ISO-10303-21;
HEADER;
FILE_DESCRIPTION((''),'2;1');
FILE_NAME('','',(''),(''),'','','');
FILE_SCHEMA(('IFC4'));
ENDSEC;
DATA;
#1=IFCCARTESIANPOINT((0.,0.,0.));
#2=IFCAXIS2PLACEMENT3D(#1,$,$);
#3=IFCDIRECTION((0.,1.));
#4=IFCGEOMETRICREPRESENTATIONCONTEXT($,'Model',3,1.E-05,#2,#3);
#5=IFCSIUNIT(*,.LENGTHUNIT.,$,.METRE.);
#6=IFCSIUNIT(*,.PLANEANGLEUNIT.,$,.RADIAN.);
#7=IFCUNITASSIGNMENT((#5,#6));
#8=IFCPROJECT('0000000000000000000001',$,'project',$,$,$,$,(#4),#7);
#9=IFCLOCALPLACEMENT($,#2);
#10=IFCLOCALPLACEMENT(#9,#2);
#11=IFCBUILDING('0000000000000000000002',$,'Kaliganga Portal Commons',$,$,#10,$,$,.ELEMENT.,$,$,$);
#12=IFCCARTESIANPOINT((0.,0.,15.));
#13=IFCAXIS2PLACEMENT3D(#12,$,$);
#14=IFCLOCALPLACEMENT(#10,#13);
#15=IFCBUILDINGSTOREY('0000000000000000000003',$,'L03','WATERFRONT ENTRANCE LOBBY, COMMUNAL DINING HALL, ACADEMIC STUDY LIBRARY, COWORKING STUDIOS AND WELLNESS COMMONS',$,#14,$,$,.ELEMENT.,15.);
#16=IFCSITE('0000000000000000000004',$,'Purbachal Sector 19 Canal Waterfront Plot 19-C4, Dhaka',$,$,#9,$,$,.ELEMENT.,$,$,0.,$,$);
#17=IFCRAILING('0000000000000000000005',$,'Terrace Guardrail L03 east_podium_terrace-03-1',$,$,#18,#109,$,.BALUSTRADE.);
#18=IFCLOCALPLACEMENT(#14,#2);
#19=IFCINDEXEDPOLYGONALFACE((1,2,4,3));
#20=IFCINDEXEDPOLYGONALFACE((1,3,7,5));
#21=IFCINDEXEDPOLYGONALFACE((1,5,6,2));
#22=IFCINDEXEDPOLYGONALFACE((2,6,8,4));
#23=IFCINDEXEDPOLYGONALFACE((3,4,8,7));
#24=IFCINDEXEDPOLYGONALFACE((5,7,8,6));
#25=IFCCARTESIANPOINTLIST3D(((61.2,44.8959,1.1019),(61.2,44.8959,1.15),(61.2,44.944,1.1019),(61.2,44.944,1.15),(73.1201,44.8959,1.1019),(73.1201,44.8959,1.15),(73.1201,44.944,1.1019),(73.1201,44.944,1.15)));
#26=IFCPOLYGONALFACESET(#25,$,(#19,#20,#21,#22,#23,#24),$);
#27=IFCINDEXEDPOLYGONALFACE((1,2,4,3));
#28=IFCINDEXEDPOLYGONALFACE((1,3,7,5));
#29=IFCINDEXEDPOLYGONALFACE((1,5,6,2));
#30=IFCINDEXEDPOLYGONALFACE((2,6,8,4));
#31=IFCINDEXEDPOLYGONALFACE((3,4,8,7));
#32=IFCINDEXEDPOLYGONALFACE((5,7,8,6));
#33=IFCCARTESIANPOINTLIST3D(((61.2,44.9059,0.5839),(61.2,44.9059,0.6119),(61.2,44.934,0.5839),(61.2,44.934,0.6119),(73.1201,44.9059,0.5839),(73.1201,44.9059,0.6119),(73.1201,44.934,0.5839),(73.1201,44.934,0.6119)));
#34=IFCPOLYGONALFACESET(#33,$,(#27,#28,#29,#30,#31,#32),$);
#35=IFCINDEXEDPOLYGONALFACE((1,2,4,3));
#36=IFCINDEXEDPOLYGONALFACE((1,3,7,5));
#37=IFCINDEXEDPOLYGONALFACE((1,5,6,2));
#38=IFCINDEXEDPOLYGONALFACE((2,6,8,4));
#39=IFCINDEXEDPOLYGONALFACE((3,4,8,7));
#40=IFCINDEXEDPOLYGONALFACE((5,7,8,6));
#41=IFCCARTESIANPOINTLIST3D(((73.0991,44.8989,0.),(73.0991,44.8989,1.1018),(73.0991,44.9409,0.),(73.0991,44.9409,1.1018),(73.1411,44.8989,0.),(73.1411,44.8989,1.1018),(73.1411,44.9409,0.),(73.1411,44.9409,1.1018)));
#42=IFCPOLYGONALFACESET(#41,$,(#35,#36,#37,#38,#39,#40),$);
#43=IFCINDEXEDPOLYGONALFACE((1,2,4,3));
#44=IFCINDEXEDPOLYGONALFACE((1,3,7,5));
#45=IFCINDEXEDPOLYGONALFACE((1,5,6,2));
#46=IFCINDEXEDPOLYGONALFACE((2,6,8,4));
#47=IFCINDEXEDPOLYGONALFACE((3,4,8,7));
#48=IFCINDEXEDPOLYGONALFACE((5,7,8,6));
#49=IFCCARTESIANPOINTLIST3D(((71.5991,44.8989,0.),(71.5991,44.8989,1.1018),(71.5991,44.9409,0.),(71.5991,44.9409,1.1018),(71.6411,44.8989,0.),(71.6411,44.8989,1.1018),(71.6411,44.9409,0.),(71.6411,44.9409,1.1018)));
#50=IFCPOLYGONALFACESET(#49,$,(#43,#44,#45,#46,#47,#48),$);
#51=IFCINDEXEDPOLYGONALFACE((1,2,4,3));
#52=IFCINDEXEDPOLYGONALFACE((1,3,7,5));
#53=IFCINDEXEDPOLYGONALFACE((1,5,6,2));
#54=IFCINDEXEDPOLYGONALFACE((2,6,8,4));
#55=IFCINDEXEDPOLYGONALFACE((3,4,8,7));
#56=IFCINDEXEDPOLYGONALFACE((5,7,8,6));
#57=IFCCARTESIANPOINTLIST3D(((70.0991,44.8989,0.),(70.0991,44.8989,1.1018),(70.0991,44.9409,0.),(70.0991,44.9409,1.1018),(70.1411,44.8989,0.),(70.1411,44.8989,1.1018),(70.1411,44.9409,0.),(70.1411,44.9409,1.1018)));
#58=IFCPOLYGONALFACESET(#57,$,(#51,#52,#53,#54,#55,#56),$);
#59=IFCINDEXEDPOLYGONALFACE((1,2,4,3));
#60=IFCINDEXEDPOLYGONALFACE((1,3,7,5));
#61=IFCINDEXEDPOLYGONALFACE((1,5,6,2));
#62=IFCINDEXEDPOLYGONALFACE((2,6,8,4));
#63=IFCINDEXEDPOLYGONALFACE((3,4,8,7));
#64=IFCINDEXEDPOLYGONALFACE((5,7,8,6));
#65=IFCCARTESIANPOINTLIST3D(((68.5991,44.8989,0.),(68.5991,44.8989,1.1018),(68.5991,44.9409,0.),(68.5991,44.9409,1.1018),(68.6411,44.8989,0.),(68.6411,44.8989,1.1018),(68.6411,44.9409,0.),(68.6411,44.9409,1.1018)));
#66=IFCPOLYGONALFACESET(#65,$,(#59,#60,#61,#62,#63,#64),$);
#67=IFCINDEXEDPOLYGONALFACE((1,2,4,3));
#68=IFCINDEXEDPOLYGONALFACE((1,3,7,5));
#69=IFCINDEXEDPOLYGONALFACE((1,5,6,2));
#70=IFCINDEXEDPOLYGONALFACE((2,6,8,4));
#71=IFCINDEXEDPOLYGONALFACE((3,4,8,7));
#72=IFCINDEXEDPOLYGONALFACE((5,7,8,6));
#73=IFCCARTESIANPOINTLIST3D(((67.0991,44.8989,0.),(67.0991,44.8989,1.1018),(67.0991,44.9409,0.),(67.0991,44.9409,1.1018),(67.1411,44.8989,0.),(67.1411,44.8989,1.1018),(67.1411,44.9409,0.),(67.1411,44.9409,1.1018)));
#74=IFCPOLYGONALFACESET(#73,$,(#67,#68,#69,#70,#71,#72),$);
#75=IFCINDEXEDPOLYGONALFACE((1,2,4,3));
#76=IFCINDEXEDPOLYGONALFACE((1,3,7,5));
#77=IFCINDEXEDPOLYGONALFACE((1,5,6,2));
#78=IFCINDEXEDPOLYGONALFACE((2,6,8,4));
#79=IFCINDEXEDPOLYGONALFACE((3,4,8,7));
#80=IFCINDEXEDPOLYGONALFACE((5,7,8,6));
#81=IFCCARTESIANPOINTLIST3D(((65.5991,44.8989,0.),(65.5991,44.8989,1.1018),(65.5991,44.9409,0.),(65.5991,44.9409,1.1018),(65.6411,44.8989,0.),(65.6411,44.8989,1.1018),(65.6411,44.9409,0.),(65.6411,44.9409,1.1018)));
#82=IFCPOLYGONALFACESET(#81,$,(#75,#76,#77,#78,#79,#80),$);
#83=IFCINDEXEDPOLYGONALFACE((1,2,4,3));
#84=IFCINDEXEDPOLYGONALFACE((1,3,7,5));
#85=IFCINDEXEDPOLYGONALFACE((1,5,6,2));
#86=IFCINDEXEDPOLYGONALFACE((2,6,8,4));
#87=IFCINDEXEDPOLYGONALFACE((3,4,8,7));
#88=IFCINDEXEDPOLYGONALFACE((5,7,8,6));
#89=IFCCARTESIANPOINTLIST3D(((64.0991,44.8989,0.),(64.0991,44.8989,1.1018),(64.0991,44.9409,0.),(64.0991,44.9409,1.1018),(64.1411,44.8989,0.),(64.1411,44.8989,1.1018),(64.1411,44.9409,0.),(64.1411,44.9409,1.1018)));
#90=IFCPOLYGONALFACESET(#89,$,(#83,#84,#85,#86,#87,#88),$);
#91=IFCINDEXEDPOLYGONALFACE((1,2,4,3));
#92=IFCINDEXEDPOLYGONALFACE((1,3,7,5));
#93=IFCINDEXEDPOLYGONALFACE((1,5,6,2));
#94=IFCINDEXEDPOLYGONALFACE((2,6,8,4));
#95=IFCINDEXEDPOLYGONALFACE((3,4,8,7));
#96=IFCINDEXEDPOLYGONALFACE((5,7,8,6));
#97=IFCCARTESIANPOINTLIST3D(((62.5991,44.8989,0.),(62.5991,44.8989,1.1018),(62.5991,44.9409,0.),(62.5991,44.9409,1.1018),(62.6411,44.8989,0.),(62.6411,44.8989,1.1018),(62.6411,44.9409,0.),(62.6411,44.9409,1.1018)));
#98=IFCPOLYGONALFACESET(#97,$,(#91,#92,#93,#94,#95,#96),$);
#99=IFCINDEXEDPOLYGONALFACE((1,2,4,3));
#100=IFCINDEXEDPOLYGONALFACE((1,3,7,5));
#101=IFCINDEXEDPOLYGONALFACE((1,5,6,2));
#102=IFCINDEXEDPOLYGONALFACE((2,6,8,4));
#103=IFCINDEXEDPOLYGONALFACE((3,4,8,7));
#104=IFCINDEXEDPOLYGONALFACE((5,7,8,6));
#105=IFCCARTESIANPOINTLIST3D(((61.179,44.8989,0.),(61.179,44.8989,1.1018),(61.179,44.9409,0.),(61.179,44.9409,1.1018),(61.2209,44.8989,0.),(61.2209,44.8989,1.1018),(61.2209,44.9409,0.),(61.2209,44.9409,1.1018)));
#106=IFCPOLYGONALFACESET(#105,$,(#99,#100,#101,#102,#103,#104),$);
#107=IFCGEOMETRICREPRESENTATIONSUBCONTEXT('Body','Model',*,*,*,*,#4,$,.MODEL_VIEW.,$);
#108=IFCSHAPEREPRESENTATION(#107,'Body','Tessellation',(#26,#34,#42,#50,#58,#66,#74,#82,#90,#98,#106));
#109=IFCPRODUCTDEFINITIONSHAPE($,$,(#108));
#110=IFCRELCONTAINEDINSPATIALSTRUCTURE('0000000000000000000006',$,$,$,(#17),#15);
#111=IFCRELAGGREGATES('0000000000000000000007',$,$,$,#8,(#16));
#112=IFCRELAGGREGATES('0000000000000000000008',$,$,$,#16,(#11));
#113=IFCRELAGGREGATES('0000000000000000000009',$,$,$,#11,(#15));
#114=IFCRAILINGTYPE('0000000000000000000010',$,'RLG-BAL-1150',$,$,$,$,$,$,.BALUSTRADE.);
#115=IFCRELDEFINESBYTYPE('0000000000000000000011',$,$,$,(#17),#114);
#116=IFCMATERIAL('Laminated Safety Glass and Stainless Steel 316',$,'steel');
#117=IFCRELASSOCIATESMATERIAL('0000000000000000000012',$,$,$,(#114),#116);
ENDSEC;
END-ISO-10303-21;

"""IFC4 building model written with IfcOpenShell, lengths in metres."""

from ifc_helpers import new_model, si_unit, direction, frame, origin, origin_2d, place, context, subcontext, project, spatial, rectangle, extrude, material, type_object, element, save


model = new_model("IFC4")

# Units and contexts
model_context = context("Model", 3, precision=1e-05, world=origin(), true_north=direction((0.0, 1.0)))
body_context = subcontext(model_context, "Body", "Model", "MODEL_VIEW")
ifc_project = project(units=[si_unit("LENGTHUNIT", "METRE"), si_unit("PLANEANGLEUNIT", "RADIAN")], contexts=[model_context])

# Site, building, storey
site_placement = place(None, origin())
site = spatial("IfcSite", under=ifc_project, at=site_placement, Name="Purbachal Sector 19 Canal Waterfront Plot 19-C4, Dhaka", CompositionType="ELEMENT", RefElevation=0.0)
building_placement = place(site_placement, origin())
building = spatial("IfcBuilding", under=site, at=building_placement, Name="Kaliganga Portal Commons", CompositionType="ELEMENT")
storey_placement = place(building_placement, frame((0.0, 0.0, 15.0)))
storey = spatial("IfcBuildingStorey", under=building, at=storey_placement, Name="L03", Description="WATERFRONT ENTRANCE LOBBY, COMMUNAL DINING HALL, ACADEMIC STUDY LIBRARY, COWORKING STUDIOS AND WELLNESS COMMONS", CompositionType="ELEMENT", Elevation=15.0)

# Railing
ifc_material_1 = material(Name="Laminated Safety Glass and Stainless Steel 316", Category="steel")
railing_type = type_object("IfcRailingType", Name="RLG-BAL-1150", PredefinedType="BALUSTRADE", material=ifc_material_1)
railing_placement = place(storey_placement, frame((73.1201, 44.9199, 0.0)))
element("IfcRailing", 1, at=railing_placement, inside=storey, type_object=railing_type, Name="Terrace Guardrail L03 east_podium_terrace-03-1", PredefinedType="BALUSTRADE", context=body_context, shape_type="SweptSolid", body=[
    extrude(rectangle(XDim=0.0481, YDim=0.0481, at=origin_2d()), frame((0.0, 0.0, 1.126), z_axis=(-1.0, 0.0, 0.0), x_axis=(0.0, -1.0, 0.0)), (0.0, 0.0, 1.0), 11.9202),
    extrude(rectangle(XDim=0.0281, YDim=0.0281, at=origin_2d()), frame((0.0, 0.0, 0.5979), z_axis=(-1.0, 0.0, 0.0), x_axis=(0.0, -1.0, 0.0)), (0.0, 0.0, 1.0), 11.9202),
    extrude(rectangle(XDim=0.042, YDim=0.042, at=origin_2d()), origin(), (0.0, 0.0, 1.0), 1.1018),
    extrude(rectangle(XDim=0.042, YDim=0.042, at=origin_2d()), frame((-1.5, 0.0, 0.0)), (0.0, 0.0, 1.0), 1.1018),
    extrude(rectangle(XDim=0.042, YDim=0.042, at=origin_2d()), frame((-3.0, 0.0, 0.0)), (0.0, 0.0, 1.0), 1.1018),
    extrude(rectangle(XDim=0.042, YDim=0.042, at=origin_2d()), frame((-4.5, 0.0, 0.0)), (0.0, 0.0, 1.0), 1.1018),
    extrude(rectangle(XDim=0.042, YDim=0.042, at=origin_2d()), frame((-6.0, 0.0, 0.0)), (0.0, 0.0, 1.0), 1.1018),
    extrude(rectangle(XDim=0.042, YDim=0.042, at=origin_2d()), frame((-7.5, 0.0, 0.0)), (0.0, 0.0, 1.0), 1.1018),
    extrude(rectangle(XDim=0.042, YDim=0.042, at=origin_2d()), frame((-9.0, 0.0, 0.0)), (0.0, 0.0, 1.0), 1.1018),
    extrude(rectangle(XDim=0.042, YDim=0.042, at=origin_2d()), frame((-10.5, 0.0, 0.0)), (0.0, 0.0, 1.0), 1.1018),
    extrude(rectangle(XDim=0.042, YDim=0.042, at=origin_2d()), frame((-11.9202, 0.0, 0.0)), (0.0, 0.0, 1.0), 1.1018),
])

save(model, "model.ifc")
